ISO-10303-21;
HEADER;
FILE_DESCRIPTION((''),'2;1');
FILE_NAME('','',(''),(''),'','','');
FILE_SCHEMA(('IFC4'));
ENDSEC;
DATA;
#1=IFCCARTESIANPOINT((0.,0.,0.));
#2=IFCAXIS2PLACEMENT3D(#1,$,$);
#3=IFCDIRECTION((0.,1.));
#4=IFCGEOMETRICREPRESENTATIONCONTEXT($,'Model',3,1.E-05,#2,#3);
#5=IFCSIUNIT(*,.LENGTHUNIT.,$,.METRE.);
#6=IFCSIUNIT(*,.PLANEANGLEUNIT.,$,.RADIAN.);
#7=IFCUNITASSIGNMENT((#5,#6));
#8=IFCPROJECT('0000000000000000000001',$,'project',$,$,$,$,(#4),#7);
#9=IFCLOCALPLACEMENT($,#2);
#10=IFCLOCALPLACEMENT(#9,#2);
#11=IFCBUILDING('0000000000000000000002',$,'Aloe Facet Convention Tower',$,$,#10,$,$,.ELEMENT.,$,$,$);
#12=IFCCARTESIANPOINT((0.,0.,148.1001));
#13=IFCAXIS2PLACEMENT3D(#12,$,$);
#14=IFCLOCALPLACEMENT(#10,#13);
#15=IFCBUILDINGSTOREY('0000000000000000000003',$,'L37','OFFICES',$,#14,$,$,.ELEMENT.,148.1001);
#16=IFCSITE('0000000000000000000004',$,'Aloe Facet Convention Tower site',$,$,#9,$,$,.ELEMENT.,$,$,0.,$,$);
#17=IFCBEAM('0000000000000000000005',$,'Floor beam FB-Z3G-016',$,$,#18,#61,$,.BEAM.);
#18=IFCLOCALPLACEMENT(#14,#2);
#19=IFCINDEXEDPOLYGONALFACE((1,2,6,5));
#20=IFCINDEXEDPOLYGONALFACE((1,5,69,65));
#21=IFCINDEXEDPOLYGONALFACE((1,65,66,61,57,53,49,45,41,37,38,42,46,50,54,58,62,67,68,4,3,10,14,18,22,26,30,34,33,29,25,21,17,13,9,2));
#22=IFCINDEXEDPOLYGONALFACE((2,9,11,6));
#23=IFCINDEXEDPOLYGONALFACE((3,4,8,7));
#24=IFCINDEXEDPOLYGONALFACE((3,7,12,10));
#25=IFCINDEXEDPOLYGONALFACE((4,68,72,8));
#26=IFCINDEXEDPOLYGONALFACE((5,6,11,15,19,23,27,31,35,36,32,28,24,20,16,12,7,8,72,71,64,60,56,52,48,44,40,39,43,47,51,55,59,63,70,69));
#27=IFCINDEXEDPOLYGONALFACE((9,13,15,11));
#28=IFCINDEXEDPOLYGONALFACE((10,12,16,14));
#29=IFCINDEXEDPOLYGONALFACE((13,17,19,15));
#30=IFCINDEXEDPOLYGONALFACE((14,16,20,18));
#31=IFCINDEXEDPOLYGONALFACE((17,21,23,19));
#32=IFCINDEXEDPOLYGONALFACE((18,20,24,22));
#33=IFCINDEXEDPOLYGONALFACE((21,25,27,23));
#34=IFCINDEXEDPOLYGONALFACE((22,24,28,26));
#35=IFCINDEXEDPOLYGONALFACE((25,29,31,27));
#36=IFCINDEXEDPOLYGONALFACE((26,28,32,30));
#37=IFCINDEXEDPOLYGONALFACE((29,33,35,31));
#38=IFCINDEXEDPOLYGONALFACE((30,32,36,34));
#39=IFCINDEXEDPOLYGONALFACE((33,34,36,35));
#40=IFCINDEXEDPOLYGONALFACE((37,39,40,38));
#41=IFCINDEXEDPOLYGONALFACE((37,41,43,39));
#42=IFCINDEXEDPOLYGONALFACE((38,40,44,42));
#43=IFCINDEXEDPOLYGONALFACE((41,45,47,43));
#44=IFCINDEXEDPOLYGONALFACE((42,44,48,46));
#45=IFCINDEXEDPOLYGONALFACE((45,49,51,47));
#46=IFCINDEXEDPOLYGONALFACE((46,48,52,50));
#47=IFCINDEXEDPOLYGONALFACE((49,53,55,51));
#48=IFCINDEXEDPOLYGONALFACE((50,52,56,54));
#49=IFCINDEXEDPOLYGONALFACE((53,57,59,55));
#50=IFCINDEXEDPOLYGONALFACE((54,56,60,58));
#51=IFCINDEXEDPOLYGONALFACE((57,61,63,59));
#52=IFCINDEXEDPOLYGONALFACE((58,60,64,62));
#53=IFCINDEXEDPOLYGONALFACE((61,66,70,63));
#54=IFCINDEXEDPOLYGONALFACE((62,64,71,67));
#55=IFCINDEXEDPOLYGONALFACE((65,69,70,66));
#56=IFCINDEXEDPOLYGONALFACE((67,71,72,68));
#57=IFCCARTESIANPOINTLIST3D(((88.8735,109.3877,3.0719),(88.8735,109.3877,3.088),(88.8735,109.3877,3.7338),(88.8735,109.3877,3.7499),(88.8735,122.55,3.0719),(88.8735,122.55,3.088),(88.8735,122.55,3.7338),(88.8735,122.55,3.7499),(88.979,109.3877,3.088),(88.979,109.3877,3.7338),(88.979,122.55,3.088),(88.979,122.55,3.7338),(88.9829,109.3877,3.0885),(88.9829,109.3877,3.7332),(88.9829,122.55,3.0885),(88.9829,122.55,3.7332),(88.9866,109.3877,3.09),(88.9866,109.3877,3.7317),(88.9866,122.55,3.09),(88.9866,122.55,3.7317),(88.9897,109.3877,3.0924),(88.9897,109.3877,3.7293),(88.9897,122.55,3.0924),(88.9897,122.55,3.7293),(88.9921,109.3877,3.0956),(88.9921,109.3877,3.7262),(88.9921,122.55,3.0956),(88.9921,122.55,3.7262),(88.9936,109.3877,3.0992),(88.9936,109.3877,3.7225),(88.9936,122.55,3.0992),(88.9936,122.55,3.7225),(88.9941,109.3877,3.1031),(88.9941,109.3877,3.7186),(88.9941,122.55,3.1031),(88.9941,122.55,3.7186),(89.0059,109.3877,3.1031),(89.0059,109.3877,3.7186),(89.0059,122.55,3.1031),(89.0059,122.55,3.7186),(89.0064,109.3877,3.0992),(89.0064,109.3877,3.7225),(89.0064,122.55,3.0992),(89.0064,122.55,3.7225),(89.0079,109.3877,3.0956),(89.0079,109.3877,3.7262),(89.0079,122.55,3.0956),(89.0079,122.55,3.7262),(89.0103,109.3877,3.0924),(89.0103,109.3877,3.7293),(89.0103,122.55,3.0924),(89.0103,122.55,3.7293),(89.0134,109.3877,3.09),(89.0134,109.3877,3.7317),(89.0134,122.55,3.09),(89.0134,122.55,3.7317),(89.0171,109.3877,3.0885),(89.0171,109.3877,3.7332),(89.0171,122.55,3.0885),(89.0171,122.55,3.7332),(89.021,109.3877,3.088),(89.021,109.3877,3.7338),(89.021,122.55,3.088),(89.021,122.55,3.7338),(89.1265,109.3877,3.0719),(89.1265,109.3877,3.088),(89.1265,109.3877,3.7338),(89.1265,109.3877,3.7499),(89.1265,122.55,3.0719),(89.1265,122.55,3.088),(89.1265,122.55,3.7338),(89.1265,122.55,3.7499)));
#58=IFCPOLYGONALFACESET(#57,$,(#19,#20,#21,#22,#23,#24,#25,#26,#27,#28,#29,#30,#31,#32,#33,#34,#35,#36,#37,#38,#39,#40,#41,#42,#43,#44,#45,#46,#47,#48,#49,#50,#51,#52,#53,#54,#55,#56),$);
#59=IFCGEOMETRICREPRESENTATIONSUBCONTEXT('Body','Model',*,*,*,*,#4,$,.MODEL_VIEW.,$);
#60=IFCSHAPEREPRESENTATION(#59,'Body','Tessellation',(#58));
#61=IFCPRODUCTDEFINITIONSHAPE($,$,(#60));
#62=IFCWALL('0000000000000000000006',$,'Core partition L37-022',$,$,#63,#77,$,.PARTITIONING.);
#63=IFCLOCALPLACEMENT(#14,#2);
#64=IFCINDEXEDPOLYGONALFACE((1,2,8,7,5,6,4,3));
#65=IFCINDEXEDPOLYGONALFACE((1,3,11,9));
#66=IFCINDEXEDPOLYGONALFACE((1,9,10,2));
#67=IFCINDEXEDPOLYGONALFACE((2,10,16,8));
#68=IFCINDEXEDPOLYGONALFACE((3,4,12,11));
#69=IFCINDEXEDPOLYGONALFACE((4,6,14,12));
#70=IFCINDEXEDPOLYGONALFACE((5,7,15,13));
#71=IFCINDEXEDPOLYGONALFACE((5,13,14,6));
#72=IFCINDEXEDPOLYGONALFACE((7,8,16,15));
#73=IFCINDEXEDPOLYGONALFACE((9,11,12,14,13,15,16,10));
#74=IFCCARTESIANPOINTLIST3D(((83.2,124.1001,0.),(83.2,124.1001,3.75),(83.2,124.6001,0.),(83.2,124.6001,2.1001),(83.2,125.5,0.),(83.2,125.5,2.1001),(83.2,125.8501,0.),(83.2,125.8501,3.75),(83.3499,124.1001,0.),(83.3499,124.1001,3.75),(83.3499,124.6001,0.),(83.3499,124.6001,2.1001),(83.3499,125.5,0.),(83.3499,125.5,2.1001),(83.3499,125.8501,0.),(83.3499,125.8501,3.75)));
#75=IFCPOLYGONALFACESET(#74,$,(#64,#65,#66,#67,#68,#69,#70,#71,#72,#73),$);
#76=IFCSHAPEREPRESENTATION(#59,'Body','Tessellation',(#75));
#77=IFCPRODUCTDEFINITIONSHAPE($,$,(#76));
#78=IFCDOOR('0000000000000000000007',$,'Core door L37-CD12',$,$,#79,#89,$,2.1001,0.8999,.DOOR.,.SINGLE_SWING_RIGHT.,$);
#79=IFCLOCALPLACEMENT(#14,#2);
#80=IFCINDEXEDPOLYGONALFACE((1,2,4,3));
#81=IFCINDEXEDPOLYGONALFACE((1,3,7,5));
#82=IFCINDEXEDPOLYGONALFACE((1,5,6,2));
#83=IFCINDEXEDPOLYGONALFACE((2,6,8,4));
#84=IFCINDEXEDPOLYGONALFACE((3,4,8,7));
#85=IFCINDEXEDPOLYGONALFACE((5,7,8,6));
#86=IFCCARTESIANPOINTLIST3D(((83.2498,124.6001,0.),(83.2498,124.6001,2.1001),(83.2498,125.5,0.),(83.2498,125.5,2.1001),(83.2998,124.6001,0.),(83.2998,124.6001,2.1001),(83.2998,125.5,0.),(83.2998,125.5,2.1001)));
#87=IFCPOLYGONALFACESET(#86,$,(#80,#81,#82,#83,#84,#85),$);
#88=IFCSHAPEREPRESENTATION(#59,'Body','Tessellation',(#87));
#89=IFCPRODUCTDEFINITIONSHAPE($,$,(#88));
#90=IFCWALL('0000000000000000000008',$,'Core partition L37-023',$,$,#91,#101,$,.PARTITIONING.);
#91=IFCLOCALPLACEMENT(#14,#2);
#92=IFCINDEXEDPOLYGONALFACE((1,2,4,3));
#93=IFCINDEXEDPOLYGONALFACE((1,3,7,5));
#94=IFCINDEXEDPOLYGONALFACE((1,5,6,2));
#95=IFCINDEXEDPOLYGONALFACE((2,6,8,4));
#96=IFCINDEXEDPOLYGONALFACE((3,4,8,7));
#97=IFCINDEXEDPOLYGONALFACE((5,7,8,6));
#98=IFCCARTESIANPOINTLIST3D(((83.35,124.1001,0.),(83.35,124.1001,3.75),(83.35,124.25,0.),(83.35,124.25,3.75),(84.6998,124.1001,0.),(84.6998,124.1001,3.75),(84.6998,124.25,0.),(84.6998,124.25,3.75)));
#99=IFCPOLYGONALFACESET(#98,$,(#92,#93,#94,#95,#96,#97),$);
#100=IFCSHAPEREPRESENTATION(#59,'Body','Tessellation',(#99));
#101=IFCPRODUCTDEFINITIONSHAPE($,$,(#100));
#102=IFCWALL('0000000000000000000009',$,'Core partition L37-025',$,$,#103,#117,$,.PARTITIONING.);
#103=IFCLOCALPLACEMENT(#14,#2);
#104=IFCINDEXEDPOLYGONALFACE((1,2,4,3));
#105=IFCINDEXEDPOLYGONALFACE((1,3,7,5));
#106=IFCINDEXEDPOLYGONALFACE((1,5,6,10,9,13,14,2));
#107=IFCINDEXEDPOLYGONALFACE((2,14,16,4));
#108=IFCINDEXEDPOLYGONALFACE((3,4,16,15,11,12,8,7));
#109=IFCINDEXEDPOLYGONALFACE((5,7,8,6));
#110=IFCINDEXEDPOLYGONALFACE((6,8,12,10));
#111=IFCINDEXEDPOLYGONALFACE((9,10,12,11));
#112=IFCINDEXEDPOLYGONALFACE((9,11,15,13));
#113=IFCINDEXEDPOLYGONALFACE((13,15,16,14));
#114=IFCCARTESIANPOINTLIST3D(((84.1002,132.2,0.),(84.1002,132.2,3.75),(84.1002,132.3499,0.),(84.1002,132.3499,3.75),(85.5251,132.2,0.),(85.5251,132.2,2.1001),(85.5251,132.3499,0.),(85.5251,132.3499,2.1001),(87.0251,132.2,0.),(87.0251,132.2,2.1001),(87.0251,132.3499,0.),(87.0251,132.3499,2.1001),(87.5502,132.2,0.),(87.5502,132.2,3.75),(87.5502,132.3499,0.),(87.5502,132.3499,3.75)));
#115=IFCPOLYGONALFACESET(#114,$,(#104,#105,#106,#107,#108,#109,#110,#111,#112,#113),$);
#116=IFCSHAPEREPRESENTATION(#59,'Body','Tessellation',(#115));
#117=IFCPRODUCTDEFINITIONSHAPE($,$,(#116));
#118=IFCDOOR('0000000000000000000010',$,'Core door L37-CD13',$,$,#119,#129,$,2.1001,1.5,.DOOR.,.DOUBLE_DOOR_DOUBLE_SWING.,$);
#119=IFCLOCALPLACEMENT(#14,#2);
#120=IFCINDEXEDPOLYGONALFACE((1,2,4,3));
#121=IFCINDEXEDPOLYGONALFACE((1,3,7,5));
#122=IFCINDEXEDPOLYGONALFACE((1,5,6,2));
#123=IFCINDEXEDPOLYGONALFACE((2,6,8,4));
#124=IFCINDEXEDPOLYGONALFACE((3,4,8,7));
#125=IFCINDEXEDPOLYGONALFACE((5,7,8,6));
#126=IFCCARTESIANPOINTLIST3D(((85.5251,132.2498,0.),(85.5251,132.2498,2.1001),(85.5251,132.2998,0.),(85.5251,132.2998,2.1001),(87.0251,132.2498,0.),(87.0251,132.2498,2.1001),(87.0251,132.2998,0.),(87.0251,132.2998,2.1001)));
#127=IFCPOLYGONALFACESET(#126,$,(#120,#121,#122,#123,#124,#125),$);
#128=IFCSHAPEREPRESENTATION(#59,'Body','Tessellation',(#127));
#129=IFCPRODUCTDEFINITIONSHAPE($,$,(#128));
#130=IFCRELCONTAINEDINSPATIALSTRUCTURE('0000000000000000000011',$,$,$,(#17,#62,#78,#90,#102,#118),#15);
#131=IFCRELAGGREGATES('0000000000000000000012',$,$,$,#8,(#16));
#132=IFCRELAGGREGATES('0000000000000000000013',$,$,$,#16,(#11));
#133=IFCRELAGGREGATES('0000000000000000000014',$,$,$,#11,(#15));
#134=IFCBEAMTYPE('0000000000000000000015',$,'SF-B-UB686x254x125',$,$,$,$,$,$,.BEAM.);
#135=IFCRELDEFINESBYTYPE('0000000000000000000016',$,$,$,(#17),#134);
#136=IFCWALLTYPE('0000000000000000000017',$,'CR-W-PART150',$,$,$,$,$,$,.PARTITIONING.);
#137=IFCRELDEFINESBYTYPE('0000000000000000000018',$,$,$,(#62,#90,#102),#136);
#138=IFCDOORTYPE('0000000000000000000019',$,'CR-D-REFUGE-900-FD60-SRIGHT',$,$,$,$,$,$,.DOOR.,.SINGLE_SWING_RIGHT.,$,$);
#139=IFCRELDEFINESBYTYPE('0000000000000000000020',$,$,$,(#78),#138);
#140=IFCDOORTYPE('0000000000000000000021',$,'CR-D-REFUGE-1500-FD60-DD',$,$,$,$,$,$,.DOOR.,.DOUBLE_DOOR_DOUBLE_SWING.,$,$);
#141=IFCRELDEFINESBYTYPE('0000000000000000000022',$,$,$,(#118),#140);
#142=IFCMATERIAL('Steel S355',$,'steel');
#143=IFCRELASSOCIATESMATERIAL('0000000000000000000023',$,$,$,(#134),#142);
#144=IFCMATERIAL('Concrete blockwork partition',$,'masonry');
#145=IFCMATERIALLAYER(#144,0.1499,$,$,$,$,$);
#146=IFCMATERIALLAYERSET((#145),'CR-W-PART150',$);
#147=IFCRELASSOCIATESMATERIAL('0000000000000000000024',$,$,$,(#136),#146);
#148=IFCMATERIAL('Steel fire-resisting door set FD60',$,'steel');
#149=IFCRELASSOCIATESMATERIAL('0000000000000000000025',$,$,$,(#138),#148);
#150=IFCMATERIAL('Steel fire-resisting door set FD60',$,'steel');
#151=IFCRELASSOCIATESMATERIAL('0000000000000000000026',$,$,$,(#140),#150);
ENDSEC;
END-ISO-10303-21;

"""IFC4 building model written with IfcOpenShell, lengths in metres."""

from ifc_helpers import new_model, si_unit, direction, frame, frame_2d, origin, origin_2d, place, context, subcontext, project, spatial, rectangle, i_section, extrude, material, layer, layer_set, material_profile, profile_set, type_object, element, fill, save


model = new_model("IFC4")

# Units and contexts
model_context = context("Model", 3, precision=1e-05, world=origin(), true_north=direction((0.0, 1.0)))
body_context = subcontext(model_context, "Body", "Model", "MODEL_VIEW")
ifc_project = project(units=[si_unit("LENGTHUNIT", "METRE"), si_unit("PLANEANGLEUNIT", "RADIAN")], contexts=[model_context])

# Site, building, storey
site_placement = place(None, origin())
site = spatial("IfcSite", under=ifc_project, at=site_placement, Name="Aloe Facet Convention Tower site", CompositionType="ELEMENT", RefElevation=0.0)
building_placement = place(site_placement, origin())
building = spatial("IfcBuilding", under=site, at=building_placement, Name="Aloe Facet Convention Tower", CompositionType="ELEMENT")
storey_placement = place(building_placement, frame((0.0, 0.0, 148.1001)))
storey = spatial("IfcBuildingStorey", under=building, at=storey_placement, Name="L37", Description="OFFICES", CompositionType="ELEMENT", Elevation=148.1001)

# Beam
ifc_material_1 = material(Name="Steel S355", Category="steel")
ifc_material_profile = material_profile(ifc_material_1, i_section(OverallWidth=0.2529, OverallDepth=0.678, WebThickness=0.0117, FlangeThickness=0.0161, FilletRadius=0.0151, at=origin_2d()), Name="UB 686x254x125")
ifc_profile_set = profile_set([ifc_material_profile], Name="Steel S355")
beam_type = type_object("IfcBeamType", Name="SF-B-UB686x254x125", PredefinedType="BEAM", material=ifc_profile_set)
beam_placement = place(storey_placement, frame((89.0, 122.55, 3.4109), z_axis=(0.0, -1.0, 0.0), x_axis=(1.0, 0.0, 0.0)))
element("IfcBeam", 1, at=beam_placement, inside=storey, type_object=beam_type, Name="Floor beam FB-Z3G-016", PredefinedType="BEAM", context=body_context, shape_type="SweptSolid", body=[
    extrude(i_section(OverallWidth=0.2529, OverallDepth=0.678, WebThickness=0.0117, FlangeThickness=0.0161, FilletRadius=0.0151, at=origin_2d()), origin(), (0.0, 0.0, 1.0), 13.1624),
])

# Wall, opening, door
ifc_material_2 = material(Name="Concrete blockwork partition", Category="masonry")
ifc_layer_1 = layer(ifc_material_2, 0.1499)
ifc_layer_set_1 = layer_set([ifc_layer_1], Name="CR-W-PART150")
wall_type_1 = type_object("IfcWallType", Name="CR-W-PART150", PredefinedType="PARTITIONING", material=ifc_layer_set_1)
wall_1_placement = place(storey_placement, frame((83.2749, 125.8501, 0.0), z_axis=(0.0, 0.0, 1.0), x_axis=(0.0, -1.0, 0.0)))
wall_1 = element("IfcWall", 2, at=wall_1_placement, inside=storey, type_object=wall_type_1, Name="Core partition L37-022", PredefinedType="PARTITIONING", context=body_context, shape_type="SweptSolid", body=[
    extrude(rectangle(XDim=1.75, YDim=0.1499, at=frame_2d((0.875, 0.0))), origin(), (0.0, 0.0, 1.0), 3.75),
])
opening_1_placement = place(wall_1_placement, frame((0.3501, 0.0, 0.0)))
opening_1 = element("IfcOpeningElement", 3, at=opening_1_placement, cuts=wall_1, PredefinedType="OPENING", context=body_context, shape_type="SweptSolid", body=[
    extrude(rectangle(XDim=0.8999, YDim=2.1001, at=frame_2d((0.45, 1.05))), frame((0.0, 0.085, 0.0), z_axis=(0.0, -1.0, 0.0), x_axis=(1.0, 0.0, 0.0)), (0.0, 0.0, 1.0), 0.1699),
])
ifc_material_3 = material(Name="Steel fire-resisting door set FD60", Category="steel")
door_type_1 = type_object("IfcDoorType", Name="CR-D-REFUGE-900-FD60-SRIGHT", OperationType="SINGLE_SWING_RIGHT", PredefinedType="DOOR", material=ifc_material_3)
door_1_placement = place(opening_1_placement, origin())
door_1 = element("IfcDoor", 4, at=door_1_placement, inside=storey, type_object=door_type_1, Name="Core door L37-CD12", OperationType="SINGLE_SWING_RIGHT", OverallHeight=2.1001, OverallWidth=0.8999, PredefinedType="DOOR", context=body_context, shape_type="SweptSolid", body=[
    extrude(rectangle(XDim=0.8999, YDim=2.1001, at=frame_2d((0.45, 1.05))), frame((0.0, 0.0249, 0.0), z_axis=(0.0, -1.0, 0.0), x_axis=(1.0, 0.0, 0.0)), (0.0, 0.0, 1.0), 0.05),
])
fill(opening_1, door_1)

# Wall
wall_2_placement = place(storey_placement, frame((83.3501, 124.175, 0.0), z_axis=(0.0, 0.0, 1.0), x_axis=(1.0, 0.0, 0.0)))
element("IfcWall", 5, at=wall_2_placement, inside=storey, type_object=wall_type_1, Name="Core partition L37-023", PredefinedType="PARTITIONING", context=body_context, shape_type="SweptSolid", body=[
    extrude(rectangle(XDim=1.3499, YDim=0.1499, at=frame_2d((0.6748, 0.0))), origin(), (0.0, 0.0, 1.0), 3.75),
])

# Wall, opening, door
wall_3_placement = place(storey_placement, frame((84.1001, 132.2749, 0.0), z_axis=(0.0, 0.0, 1.0), x_axis=(1.0, 0.0, 0.0)))
wall_3 = element("IfcWall", 6, at=wall_3_placement, inside=storey, type_object=wall_type_1, Name="Core partition L37-025", PredefinedType="PARTITIONING", context=body_context, shape_type="SweptSolid", body=[
    extrude(rectangle(XDim=3.45, YDim=0.1499, at=frame_2d((1.7251, 0.0))), origin(), (0.0, 0.0, 1.0), 3.75),
])
opening_2_placement = place(wall_3_placement, frame((1.425, 0.0, 0.0)))
opening_2 = element("IfcOpeningElement", 7, at=opening_2_placement, cuts=wall_3, PredefinedType="OPENING", context=body_context, shape_type="SweptSolid", body=[
    extrude(rectangle(XDim=1.5, YDim=2.1001, at=frame_2d((0.75, 1.05))), frame((0.0, 0.085, 0.0), z_axis=(0.0, -1.0, 0.0), x_axis=(1.0, 0.0, 0.0)), (0.0, 0.0, 1.0), 0.1699),
])
ifc_material_4 = material(Name="Steel fire-resisting door set FD60", Category="steel")
door_type_2 = type_object("IfcDoorType", Name="CR-D-REFUGE-1500-FD60-DD", OperationType="DOUBLE_DOOR_DOUBLE_SWING", PredefinedType="DOOR", material=ifc_material_4)
door_2_placement = place(opening_2_placement, origin())
door_2 = element("IfcDoor", 8, at=door_2_placement, inside=storey, type_object=door_type_2, Name="Core door L37-CD13", OperationType="DOUBLE_DOOR_DOUBLE_SWING", OverallHeight=2.1001, OverallWidth=1.5, PredefinedType="DOOR", context=body_context, shape_type="SweptSolid", body=[
    extrude(rectangle(XDim=1.5, YDim=2.1001, at=frame_2d((0.75, 1.05))), frame((0.0, 0.0249, 0.0), z_axis=(0.0, -1.0, 0.0), x_axis=(1.0, 0.0, 0.0)), (0.0, 0.0, 1.0), 0.05),
])
fill(opening_2, door_2)

save(model, "model.ifc")
